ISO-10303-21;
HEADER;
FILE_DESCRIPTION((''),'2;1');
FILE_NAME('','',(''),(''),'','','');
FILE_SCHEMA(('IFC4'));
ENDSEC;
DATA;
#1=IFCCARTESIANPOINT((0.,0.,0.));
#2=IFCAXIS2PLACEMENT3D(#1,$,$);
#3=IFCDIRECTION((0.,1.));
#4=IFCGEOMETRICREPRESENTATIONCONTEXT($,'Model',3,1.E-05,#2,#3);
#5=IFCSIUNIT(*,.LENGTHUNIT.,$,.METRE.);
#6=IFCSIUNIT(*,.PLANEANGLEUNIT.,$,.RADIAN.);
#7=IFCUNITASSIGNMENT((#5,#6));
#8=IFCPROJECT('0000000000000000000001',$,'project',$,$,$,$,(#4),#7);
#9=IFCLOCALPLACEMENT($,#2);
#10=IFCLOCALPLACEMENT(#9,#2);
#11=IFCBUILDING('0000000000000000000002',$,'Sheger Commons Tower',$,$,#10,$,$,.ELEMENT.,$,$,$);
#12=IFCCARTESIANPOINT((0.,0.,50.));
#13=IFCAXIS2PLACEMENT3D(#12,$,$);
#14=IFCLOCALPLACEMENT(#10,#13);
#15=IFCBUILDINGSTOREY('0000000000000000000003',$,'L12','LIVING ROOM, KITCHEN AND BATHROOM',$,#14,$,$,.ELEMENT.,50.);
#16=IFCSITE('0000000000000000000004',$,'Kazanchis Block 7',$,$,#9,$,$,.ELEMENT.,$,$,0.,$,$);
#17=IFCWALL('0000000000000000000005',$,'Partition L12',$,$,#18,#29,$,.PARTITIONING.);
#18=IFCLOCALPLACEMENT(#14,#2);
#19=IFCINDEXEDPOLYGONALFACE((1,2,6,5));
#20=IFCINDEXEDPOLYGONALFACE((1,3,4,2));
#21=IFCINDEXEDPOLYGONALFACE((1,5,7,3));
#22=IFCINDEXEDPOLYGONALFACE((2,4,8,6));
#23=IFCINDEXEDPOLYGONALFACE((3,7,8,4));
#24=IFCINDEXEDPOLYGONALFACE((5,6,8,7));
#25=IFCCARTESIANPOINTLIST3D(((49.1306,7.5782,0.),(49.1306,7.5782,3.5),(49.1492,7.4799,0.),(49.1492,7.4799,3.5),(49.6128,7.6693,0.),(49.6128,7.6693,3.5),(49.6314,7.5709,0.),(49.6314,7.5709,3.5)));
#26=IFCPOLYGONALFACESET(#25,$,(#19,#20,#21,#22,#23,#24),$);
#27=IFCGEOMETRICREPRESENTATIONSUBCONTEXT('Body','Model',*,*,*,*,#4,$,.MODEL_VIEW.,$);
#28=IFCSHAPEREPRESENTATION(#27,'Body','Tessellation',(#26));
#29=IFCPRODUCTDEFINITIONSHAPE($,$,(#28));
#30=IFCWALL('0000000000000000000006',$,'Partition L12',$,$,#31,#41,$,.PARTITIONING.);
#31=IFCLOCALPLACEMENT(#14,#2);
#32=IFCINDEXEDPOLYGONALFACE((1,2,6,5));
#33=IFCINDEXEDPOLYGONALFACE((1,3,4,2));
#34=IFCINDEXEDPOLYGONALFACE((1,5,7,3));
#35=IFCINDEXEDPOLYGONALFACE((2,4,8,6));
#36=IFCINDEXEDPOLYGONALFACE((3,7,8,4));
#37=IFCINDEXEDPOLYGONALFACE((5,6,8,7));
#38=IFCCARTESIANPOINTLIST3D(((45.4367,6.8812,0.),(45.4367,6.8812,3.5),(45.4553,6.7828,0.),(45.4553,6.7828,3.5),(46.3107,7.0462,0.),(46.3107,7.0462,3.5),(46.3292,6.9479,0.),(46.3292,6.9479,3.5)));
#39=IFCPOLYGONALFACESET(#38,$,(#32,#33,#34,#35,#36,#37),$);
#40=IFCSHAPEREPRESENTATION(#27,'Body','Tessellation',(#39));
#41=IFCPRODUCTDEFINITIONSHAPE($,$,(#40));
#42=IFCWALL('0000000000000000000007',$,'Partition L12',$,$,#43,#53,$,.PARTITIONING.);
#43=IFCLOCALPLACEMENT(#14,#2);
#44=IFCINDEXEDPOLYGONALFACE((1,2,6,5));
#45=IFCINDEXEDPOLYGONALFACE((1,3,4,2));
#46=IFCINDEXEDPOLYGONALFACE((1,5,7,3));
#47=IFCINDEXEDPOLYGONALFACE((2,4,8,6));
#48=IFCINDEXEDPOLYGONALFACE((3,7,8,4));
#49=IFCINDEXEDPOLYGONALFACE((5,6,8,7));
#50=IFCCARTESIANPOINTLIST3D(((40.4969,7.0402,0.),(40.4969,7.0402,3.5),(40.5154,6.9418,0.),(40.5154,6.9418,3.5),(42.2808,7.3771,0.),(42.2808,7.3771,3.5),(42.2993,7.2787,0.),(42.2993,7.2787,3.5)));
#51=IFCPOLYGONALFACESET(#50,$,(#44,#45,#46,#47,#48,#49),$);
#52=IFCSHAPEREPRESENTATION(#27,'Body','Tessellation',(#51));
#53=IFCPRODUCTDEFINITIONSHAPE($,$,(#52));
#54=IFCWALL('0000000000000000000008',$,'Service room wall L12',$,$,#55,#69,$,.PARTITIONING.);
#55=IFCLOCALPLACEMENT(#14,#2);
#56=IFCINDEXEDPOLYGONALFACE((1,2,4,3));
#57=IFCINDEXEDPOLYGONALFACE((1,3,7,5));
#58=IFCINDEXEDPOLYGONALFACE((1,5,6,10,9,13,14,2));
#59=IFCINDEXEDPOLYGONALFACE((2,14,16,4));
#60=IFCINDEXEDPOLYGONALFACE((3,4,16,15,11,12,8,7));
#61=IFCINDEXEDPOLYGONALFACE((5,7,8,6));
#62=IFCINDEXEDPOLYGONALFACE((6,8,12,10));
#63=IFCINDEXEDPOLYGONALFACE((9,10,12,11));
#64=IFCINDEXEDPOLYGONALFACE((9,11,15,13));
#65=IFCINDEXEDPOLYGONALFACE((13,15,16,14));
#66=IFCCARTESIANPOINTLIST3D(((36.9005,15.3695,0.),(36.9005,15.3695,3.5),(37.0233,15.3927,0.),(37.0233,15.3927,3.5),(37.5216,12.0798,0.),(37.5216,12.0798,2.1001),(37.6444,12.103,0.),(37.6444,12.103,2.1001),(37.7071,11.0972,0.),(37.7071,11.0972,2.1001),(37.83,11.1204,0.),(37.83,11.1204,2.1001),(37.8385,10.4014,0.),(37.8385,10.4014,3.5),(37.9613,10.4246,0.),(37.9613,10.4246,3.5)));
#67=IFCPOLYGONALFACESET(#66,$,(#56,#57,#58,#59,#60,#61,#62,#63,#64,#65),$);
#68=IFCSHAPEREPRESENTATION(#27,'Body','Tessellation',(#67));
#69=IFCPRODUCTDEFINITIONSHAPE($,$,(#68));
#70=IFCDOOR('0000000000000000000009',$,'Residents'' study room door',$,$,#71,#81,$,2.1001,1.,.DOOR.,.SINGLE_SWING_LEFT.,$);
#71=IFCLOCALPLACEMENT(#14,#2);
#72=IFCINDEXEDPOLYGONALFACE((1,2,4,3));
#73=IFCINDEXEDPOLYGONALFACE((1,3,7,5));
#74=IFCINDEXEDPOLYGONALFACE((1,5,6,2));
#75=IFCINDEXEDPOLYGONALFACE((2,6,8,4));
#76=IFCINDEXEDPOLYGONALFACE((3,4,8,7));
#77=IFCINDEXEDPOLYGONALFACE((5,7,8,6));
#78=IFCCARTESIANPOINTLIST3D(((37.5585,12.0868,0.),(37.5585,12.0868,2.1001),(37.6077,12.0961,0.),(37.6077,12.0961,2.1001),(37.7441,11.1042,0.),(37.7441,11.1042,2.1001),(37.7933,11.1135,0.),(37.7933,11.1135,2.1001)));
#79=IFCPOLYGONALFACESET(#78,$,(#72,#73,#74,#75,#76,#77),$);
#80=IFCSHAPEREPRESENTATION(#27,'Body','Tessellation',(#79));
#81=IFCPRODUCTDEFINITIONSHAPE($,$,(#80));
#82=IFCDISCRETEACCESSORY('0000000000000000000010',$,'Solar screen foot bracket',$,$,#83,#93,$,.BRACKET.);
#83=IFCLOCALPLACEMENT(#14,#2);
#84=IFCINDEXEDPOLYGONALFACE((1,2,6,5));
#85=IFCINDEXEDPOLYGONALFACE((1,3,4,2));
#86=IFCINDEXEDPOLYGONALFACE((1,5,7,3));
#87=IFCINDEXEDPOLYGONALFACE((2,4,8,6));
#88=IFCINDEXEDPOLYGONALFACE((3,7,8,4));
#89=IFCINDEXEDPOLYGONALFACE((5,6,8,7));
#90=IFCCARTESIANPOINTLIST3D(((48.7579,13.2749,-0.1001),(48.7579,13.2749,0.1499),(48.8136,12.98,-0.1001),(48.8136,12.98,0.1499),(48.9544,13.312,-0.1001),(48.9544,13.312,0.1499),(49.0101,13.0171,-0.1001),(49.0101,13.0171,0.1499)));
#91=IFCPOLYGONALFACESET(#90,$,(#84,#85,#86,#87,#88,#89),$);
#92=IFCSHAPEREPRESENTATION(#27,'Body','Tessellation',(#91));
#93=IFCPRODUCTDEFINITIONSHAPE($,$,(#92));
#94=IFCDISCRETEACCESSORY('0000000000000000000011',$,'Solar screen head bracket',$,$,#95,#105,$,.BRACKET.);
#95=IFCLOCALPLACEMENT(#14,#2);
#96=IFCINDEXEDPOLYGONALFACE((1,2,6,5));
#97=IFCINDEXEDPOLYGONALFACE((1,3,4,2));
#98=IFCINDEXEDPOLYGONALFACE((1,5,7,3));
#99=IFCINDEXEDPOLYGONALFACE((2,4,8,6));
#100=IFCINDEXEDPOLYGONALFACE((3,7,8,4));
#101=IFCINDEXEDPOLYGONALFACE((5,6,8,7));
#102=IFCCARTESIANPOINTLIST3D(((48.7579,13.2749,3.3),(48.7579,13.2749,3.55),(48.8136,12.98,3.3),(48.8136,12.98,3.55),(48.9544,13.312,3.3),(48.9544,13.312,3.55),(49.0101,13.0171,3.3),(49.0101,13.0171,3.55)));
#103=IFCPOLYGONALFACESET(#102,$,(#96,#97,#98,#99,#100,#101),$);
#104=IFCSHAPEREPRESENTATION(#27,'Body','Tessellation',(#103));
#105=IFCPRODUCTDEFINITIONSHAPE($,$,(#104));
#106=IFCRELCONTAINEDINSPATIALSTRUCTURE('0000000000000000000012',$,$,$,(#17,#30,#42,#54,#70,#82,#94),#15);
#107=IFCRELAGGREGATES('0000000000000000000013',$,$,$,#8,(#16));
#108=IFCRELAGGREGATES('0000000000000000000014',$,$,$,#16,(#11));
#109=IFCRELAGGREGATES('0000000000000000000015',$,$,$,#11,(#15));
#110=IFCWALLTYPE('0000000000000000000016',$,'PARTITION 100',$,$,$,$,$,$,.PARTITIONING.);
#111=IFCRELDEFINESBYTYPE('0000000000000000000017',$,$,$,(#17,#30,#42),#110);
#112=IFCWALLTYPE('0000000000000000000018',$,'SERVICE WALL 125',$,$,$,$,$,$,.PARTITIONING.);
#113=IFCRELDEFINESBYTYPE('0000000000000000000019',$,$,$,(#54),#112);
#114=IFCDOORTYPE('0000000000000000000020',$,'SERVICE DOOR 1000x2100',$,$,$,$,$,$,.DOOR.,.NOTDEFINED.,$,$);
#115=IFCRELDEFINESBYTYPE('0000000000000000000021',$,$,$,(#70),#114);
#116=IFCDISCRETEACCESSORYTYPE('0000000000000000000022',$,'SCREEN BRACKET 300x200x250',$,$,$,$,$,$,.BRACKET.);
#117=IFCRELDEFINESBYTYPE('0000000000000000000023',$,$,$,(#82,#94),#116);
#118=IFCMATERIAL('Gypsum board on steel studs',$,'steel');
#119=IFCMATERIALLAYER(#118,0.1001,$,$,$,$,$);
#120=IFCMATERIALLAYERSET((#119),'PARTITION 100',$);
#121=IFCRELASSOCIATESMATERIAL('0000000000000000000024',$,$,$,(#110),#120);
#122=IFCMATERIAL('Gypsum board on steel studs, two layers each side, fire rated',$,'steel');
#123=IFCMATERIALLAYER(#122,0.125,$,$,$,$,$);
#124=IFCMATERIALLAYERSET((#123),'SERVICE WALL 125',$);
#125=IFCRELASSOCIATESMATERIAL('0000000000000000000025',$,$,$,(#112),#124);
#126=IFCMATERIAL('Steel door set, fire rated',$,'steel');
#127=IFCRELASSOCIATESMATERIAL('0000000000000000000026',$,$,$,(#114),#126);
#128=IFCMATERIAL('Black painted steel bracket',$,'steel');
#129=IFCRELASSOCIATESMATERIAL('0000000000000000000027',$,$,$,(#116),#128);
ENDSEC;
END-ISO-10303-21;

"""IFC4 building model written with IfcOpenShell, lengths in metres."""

from ifc_helpers import new_model, si_unit, direction, frame, frame_2d, origin, origin_2d, place, context, subcontext, project, spatial, rectangle, extrude, material, layer, layer_set, type_object, element, fill, save


model = new_model("IFC4")

# Units and contexts
model_context = context("Model", 3, precision=1e-05, world=origin(), true_north=direction((0.0, 1.0)))
body_context = subcontext(model_context, "Body", "Model", "MODEL_VIEW")
ifc_project = project(units=[si_unit("LENGTHUNIT", "METRE"), si_unit("PLANEANGLEUNIT", "RADIAN")], contexts=[model_context])

# Site, building, storey
site_placement = place(None, origin())
site = spatial("IfcSite", under=ifc_project, at=site_placement, Name="Kazanchis Block 7", CompositionType="ELEMENT", RefElevation=0.0)
building_placement = place(site_placement, origin())
building = spatial("IfcBuilding", under=site, at=building_placement, Name="Sheger Commons Tower", CompositionType="ELEMENT")
storey_placement = place(building_placement, frame((0.0, 0.0, 50.0)))
storey = spatial("IfcBuildingStorey", under=building, at=storey_placement, Name="L12", Description="LIVING ROOM, KITCHEN AND BATHROOM", CompositionType="ELEMENT", Elevation=50.0)

# Shared definitions
ifc_material_1 = material(Name="Gypsum board on steel studs", Category="steel")
ifc_layer_1 = layer(ifc_material_1, 0.1001)
ifc_layer_set_1 = layer_set([ifc_layer_1], Name="PARTITION 100")
wall_type_1 = type_object("IfcWallType", Name="PARTITION 100", PredefinedType="PARTITIONING", material=ifc_layer_set_1)

# Walls
wall_1_placement = place(storey_placement, frame((49.6221, 7.6201, 0.0), z_axis=(0.0, 0.0, 1.0), x_axis=(-0.982629, -0.18558, 0.0)))
element("IfcWall", 1, at=wall_1_placement, inside=storey, type_object=wall_type_1, Name="Partition L12", PredefinedType="PARTITIONING", context=body_context, shape_type="SweptSolid", body=[
    extrude(rectangle(XDim=0.4907, YDim=0.1001, at=frame_2d((0.2454, 0.0))), origin(), (0.0, 0.0, 1.0), 3.5),
])
wall_2_placement = place(storey_placement, frame((46.3201, 6.9971, 0.0), z_axis=(0.0, 0.0, 1.0), x_axis=(-0.982635, -0.185548, 0.0)))
element("IfcWall", 2, at=wall_2_placement, inside=storey, type_object=wall_type_1, Name="Partition L12", PredefinedType="PARTITIONING", context=body_context, shape_type="SweptSolid", body=[
    extrude(rectangle(XDim=0.8894, YDim=0.1001, at=frame_2d((0.4448, 0.0))), origin(), (0.0, 0.0, 1.0), 3.5),
])
wall_3_placement = place(storey_placement, frame((42.29, 7.3279, 0.0), z_axis=(0.0, 0.0, 1.0), x_axis=(-0.982629, -0.185579, 0.0)))
element("IfcWall", 3, at=wall_3_placement, inside=storey, type_object=wall_type_1, Name="Partition L12", PredefinedType="PARTITIONING", context=body_context, shape_type="SweptSolid", body=[
    extrude(rectangle(XDim=1.8154, YDim=0.1001, at=frame_2d((0.9077, 0.0))), origin(), (0.0, 0.0, 1.0), 3.5),
])

# Wall, opening, door
ifc_material_2 = material(Name="Gypsum board on steel studs, two layers each side, fire rated", Category="steel")
ifc_layer_2 = layer(ifc_material_2, 0.125)
ifc_layer_set_2 = layer_set([ifc_layer_2], Name="SERVICE WALL 125")
wall_type_2 = type_object("IfcWallType", Name="SERVICE WALL 125", PredefinedType="PARTITIONING", material=ifc_layer_set_2)
wall_4_placement = place(storey_placement, frame((37.8999, 10.4131, 0.0), z_axis=(0.0, 0.0, 1.0), x_axis=(-0.185528, 0.982639, 0.0)))
wall_4 = element("IfcWall", 4, at=wall_4_placement, inside=storey, type_object=wall_type_2, Name="Service room wall L12", PredefinedType="PARTITIONING", context=body_context, shape_type="SweptSolid", body=[
    extrude(rectangle(XDim=5.0559, YDim=0.125, at=frame_2d((2.5278, 0.0))), origin(), (0.0, 0.0, 1.0), 3.5),
])
opening_1_placement = place(wall_4_placement, frame((0.708, 0.0, 0.0)))
opening_1 = element("IfcOpeningElement", 5, at=opening_1_placement, cuts=wall_4, PredefinedType="OPENING", context=body_context, shape_type="SweptSolid", body=[
    extrude(rectangle(XDim=1.0, YDim=2.1001, at=frame_2d((0.5, 1.05))), frame((0.0, 0.0725, 0.0), z_axis=(0.0, -1.0, 0.0), x_axis=(1.0, 0.0, 0.0)), (0.0, 0.0, 1.0), 0.145),
])
ifc_material_3 = material(Name="Steel door set, fire rated", Category="steel")
door_type_1 = type_object("IfcDoorType", Name="SERVICE DOOR 1000x2100", OperationType="NOTDEFINED", PredefinedType="DOOR", material=ifc_material_3)
door_1_placement = place(opening_1_placement, origin())
door_1 = element("IfcDoor", 6, at=door_1_placement, inside=storey, type_object=door_type_1, Name="Residents' study room door", OperationType="SINGLE_SWING_LEFT", OverallHeight=2.1001, OverallWidth=1.0, PredefinedType="DOOR", context=body_context, shape_type="SweptSolid", body=[
    extrude(rectangle(XDim=1.0, YDim=2.1001, at=frame_2d((0.5, 1.05))), frame((0.0, 0.0249, 0.0), z_axis=(0.0, -1.0, 0.0), x_axis=(1.0, 0.0, 0.0)), (0.0, 0.0, 1.0), 0.05),
])
fill(opening_1, door_1)

# Discrete accessories
ifc_material_4 = material(Name="Black painted steel bracket", Category="steel")
discrete_accessory_type = type_object("IfcDiscreteAccessoryType", Name="SCREEN BRACKET 300x200x250", PredefinedType="BRACKET", material=ifc_material_4)
for number, where, z_axis, x_axis, name in (
    (7, (48.884, 13.146, -0.1001), (0.0, 0.0, 1.0), (-0.185615, 0.982623, 0.0), "Solar screen foot bracket"),
    (8, (48.884, 13.146, 3.3), (0.0, 0.0, 1.0), (-0.185615, 0.982623, 0.0), "Solar screen head bracket"),
):
    element("IfcDiscreteAccessory", number, at=place(storey_placement, frame(where, z_axis=z_axis, x_axis=x_axis)), inside=storey, type_object=discrete_accessory_type, Name=name, PredefinedType="BRACKET", context=body_context, shape_type="SweptSolid", body=[
        extrude(rectangle(XDim=0.3, YDim=0.2, at=origin_2d()), origin(), (0.0, 0.0, 1.0), 0.25),
    ])

save(model, "model.ifc")
